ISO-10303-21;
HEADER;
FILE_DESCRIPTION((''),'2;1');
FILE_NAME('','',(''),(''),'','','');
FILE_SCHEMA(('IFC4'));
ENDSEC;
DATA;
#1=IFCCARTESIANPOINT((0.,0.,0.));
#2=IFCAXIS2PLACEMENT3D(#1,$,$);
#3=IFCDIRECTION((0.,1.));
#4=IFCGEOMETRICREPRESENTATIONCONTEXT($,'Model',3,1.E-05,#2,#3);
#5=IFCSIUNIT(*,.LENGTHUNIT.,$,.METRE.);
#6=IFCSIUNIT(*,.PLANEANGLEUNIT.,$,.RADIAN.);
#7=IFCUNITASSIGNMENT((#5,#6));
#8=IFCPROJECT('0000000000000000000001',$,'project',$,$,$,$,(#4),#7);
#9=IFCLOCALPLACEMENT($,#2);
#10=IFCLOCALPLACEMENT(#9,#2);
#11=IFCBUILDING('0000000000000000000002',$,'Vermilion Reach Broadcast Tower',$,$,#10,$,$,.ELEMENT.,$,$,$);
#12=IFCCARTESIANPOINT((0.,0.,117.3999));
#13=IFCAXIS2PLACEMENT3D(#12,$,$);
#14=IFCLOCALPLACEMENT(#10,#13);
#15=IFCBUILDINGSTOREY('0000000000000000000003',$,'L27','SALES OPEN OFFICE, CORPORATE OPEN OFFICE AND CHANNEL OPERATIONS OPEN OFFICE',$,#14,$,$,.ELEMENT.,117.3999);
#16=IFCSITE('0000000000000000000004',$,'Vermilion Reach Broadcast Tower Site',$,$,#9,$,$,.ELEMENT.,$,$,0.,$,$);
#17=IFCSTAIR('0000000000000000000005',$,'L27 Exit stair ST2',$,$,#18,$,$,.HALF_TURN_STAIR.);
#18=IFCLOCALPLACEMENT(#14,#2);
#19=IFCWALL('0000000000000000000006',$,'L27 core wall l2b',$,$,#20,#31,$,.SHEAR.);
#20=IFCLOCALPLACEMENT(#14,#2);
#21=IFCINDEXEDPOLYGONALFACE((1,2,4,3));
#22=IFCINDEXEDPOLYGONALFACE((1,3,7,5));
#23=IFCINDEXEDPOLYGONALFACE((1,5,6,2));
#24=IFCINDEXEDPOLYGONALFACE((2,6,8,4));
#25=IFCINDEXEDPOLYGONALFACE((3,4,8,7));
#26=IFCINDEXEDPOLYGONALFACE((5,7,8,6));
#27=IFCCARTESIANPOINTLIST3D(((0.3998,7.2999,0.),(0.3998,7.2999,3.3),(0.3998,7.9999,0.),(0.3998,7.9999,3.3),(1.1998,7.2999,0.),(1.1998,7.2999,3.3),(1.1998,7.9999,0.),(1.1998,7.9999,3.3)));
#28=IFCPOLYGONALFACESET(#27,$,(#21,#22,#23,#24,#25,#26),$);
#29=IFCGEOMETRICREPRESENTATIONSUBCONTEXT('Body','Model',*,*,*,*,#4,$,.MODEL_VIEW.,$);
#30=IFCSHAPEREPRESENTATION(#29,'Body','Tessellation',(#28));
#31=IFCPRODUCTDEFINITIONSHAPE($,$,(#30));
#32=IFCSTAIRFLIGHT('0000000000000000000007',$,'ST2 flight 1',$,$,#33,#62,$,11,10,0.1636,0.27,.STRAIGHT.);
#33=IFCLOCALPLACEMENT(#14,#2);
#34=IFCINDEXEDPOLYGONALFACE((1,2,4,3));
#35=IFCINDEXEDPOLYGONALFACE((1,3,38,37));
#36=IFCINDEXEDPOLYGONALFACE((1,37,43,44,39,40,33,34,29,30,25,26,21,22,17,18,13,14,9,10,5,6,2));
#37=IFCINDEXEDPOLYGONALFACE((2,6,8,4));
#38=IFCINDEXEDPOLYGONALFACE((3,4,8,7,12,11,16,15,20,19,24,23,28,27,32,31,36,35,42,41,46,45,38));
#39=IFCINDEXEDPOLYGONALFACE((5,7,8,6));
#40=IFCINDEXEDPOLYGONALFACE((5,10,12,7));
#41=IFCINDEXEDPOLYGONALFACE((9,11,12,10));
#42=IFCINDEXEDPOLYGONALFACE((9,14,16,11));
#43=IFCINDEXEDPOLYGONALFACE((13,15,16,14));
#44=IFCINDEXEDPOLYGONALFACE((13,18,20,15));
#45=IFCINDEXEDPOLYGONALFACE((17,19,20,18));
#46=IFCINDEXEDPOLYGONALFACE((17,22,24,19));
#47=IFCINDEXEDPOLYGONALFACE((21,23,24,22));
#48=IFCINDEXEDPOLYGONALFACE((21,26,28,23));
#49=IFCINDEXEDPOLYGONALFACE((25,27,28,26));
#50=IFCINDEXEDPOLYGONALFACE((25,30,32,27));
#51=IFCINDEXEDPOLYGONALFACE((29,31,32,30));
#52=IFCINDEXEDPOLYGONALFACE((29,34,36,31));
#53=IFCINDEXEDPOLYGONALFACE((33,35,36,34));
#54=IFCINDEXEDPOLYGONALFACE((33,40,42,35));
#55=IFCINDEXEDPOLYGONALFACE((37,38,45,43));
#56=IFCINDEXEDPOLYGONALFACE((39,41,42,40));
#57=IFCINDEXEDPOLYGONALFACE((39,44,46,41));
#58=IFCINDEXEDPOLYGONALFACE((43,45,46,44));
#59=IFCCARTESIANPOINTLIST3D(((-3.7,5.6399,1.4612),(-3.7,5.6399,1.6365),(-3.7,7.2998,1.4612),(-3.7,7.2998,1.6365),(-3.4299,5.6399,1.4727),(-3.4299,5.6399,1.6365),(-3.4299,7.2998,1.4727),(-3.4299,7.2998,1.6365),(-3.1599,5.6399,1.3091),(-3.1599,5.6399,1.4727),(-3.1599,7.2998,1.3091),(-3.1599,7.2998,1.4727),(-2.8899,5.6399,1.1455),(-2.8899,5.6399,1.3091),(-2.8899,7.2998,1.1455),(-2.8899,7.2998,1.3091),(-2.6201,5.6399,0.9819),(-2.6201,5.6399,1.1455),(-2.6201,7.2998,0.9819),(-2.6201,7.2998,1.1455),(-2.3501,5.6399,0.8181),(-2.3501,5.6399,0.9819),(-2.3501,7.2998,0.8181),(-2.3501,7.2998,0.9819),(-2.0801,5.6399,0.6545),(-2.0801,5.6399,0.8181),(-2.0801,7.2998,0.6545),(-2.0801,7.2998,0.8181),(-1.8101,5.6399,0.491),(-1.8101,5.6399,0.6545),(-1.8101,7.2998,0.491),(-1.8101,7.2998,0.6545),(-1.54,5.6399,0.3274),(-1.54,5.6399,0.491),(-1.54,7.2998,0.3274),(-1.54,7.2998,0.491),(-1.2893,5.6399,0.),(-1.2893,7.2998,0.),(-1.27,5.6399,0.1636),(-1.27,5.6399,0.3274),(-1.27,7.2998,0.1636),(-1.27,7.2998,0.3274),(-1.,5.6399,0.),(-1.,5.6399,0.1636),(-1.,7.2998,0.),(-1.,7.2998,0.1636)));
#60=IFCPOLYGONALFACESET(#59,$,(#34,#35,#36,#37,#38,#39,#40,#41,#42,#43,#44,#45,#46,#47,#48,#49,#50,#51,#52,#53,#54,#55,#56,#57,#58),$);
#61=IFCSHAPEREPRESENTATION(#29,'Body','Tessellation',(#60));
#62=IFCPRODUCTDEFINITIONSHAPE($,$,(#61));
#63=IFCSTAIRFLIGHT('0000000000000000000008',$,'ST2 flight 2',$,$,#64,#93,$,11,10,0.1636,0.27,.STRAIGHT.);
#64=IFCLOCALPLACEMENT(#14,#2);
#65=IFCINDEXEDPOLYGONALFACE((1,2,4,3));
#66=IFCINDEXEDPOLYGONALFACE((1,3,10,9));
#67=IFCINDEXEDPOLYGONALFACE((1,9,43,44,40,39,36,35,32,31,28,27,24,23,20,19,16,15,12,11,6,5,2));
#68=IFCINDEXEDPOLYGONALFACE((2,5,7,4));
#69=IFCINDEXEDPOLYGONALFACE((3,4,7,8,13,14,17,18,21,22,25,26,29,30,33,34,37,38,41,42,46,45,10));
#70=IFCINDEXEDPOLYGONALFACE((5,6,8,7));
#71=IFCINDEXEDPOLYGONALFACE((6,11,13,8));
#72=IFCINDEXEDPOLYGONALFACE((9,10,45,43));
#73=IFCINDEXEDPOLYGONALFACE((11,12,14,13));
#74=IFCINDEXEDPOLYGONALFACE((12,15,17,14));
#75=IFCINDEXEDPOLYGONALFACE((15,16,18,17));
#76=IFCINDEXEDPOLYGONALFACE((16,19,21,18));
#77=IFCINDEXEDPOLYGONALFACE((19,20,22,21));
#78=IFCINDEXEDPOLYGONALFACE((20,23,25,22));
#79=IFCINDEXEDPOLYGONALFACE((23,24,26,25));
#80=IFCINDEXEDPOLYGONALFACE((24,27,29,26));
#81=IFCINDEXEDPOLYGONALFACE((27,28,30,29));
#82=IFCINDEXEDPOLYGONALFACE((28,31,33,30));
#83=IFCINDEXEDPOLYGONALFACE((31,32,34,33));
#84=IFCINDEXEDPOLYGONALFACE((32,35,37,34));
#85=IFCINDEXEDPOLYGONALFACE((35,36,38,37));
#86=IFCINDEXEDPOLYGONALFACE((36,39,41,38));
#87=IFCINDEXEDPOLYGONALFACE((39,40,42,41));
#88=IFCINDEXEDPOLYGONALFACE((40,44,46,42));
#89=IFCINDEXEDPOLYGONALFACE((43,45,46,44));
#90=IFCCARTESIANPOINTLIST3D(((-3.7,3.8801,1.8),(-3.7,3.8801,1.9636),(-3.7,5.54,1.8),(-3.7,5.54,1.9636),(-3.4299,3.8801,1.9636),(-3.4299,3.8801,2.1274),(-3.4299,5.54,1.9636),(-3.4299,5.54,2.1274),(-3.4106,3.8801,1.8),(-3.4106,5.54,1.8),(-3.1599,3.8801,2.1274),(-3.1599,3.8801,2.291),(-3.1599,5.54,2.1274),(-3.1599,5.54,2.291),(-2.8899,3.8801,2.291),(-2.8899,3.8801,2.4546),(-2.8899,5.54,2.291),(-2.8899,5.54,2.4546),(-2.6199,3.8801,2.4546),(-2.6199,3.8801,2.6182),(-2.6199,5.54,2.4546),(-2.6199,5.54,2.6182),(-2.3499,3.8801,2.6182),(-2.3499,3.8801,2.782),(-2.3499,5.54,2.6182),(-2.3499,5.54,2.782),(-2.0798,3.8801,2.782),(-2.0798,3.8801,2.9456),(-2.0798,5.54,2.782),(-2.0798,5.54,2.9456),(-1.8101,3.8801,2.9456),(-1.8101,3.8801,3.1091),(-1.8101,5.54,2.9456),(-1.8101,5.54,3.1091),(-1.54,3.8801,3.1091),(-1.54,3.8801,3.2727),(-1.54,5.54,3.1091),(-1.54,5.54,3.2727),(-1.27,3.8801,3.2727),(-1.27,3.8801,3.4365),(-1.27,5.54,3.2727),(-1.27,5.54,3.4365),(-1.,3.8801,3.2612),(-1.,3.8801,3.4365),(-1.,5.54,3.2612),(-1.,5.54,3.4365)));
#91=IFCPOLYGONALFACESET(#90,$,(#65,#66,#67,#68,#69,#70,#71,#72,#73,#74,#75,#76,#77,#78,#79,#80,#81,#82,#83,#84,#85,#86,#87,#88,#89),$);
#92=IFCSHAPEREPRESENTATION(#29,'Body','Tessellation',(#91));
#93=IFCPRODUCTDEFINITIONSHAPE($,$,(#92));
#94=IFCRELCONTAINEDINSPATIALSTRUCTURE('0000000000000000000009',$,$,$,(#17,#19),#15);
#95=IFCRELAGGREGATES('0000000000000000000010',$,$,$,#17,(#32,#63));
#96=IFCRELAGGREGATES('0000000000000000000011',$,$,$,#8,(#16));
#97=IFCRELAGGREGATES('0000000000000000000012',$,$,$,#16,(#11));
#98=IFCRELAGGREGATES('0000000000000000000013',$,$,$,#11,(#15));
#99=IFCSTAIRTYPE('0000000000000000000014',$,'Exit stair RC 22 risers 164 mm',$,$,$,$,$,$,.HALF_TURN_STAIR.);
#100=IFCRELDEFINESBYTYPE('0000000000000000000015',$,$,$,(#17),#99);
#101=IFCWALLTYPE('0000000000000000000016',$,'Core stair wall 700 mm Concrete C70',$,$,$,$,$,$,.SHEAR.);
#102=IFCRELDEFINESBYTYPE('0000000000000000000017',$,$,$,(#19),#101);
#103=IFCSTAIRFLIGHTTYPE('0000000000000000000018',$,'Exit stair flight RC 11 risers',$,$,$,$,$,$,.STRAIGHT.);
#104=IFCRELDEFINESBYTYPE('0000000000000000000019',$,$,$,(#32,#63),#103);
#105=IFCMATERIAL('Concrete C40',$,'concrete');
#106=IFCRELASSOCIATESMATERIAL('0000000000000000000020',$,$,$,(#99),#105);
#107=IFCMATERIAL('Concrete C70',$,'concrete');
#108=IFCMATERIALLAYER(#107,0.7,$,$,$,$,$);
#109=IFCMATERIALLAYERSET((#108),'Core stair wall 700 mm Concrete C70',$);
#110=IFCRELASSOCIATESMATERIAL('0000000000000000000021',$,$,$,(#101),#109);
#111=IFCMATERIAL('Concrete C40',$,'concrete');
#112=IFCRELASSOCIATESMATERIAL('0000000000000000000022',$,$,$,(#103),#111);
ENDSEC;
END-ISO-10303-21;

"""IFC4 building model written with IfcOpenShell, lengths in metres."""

from ifc_helpers import new_model, si_unit, direction, frame, frame_2d, origin, place, context, subcontext, project, spatial, polyline, rectangle, outline, extrude, material, layer, layer_set, type_object, element, aggregate, save


model = new_model("IFC4")

# Units and contexts
model_context = context("Model", 3, precision=1e-05, world=origin(), true_north=direction((0.0, 1.0)))
body_context = subcontext(model_context, "Body", "Model", "MODEL_VIEW")
ifc_project = project(units=[si_unit("LENGTHUNIT", "METRE"), si_unit("PLANEANGLEUNIT", "RADIAN")], contexts=[model_context])

# Site, building, storey
site_placement = place(None, origin())
site = spatial("IfcSite", under=ifc_project, at=site_placement, Name="Vermilion Reach Broadcast Tower Site", CompositionType="ELEMENT", RefElevation=0.0)
building_placement = place(site_placement, origin())
building = spatial("IfcBuilding", under=site, at=building_placement, Name="Vermilion Reach Broadcast Tower", CompositionType="ELEMENT")
storey_placement = place(building_placement, frame((0.0, 0.0, 117.3999)))
storey = spatial("IfcBuildingStorey", under=building, at=storey_placement, Name="L27", Description="SALES OPEN OFFICE, CORPORATE OPEN OFFICE AND CHANNEL OPERATIONS OPEN OFFICE", CompositionType="ELEMENT", Elevation=117.3999)

# Stair
ifc_material_1 = material(Name="Concrete C40", Category="concrete")
stair_type = type_object("IfcStairType", Name="Exit stair RC 22 risers 164 mm", PredefinedType="HALF_TURN_STAIR", material=ifc_material_1)
placement_1 = place(storey_placement, origin())
stair_1 = element("IfcStair", 1, at=placement_1, inside=storey, type_object=stair_type, Name="L27 Exit stair ST2", PredefinedType="HALF_TURN_STAIR")

# Wall
ifc_material_2 = material(Name="Concrete C70", Category="concrete")
ifc_layer_1 = layer(ifc_material_2, 0.7)
ifc_layer_set_1 = layer_set([ifc_layer_1], Name="Core stair wall 700 mm Concrete C70")
wall_type_1 = type_object("IfcWallType", Name="Core stair wall 700 mm Concrete C70", PredefinedType="SHEAR", material=ifc_layer_set_1)
wall_1_placement = place(storey_placement, frame((0.3999, 7.6499, 0.0), z_axis=(0.0, 0.0, 1.0), x_axis=(1.0, 0.0, 0.0)))
element("IfcWall", 2, at=wall_1_placement, inside=storey, type_object=wall_type_1, Name="L27 core wall l2b", PredefinedType="SHEAR", context=body_context, shape_type="SweptSolid", body=[
    extrude(rectangle(XDim=0.8, YDim=0.7, at=frame_2d((0.3999, 0.0))), origin(), (0.0, 0.0, 1.0), 3.3),
])

# Stair flights
ifc_material_3 = material(Name="Concrete C40", Category="concrete")
stair_flight_type = type_object("IfcStairFlightType", Name="Exit stair flight RC 11 risers", PredefinedType="STRAIGHT", material=ifc_material_3)
stair_flight_1_placement = place(storey_placement, frame((-1.0, 6.47, 0.0), z_axis=(0.0, 0.0, 1.0), x_axis=(-1.0, 0.0, 0.0)))
stair_flight_1 = element("IfcStairFlight", 3, at=stair_flight_1_placement, type_object=stair_flight_type, Name="ST2 flight 1", NumberOfRisers=11, NumberOfTreads=10, PredefinedType="STRAIGHT", RiserHeight=0.1636, TreadLength=0.27, context=body_context, shape_type="SweptSolid", body=[
    extrude(outline(polyline([(0.0, 0.0), (0.0, 0.1636), (0.27, 0.1636), (0.27, 0.3274), (0.54, 0.3274), (0.54, 0.491), (0.8101, 0.491), (0.8101, 0.6545), (1.0801, 0.6545), (1.0801, 0.8181), (1.3501, 0.8181), (1.3501, 0.9819), (1.6201, 0.9819), (1.6201, 1.1455), (1.8899, 1.1455), (1.8899, 1.3091), (2.1599, 1.3091), (2.1599, 1.4727), (2.4299, 1.4727), (2.4299, 1.6365), (2.7, 1.6365), (2.7, 1.8), (2.7, 1.4612), (0.2893, 0.0), (0.0, 0.0)])), frame((0.0, 0.8301, 0.0), z_axis=(0.0, -1.0, 0.0), x_axis=(1.0, 0.0, 0.0)), (0.0, 0.0, 1.0), 1.6599),
])
stair_flight_2_placement = place(storey_placement, frame((-3.7, 4.71, 1.8), z_axis=(0.0, 0.0, 1.0), x_axis=(1.0, 0.0, 0.0)))
stair_flight_2 = element("IfcStairFlight", 4, at=stair_flight_2_placement, type_object=stair_flight_type, Name="ST2 flight 2", NumberOfRisers=11, NumberOfTreads=10, PredefinedType="STRAIGHT", RiserHeight=0.1636, TreadLength=0.27, context=body_context, shape_type="SweptSolid", body=[
    extrude(outline(polyline([(0.0, 0.0), (0.0, 0.1636), (0.27, 0.1636), (0.27, 0.3274), (0.54, 0.3274), (0.54, 0.491), (0.8101, 0.491), (0.8101, 0.6545), (1.0801, 0.6545), (1.0801, 0.8181), (1.3501, 0.8181), (1.3501, 0.9819), (1.6201, 0.9819), (1.6201, 1.1455), (1.8899, 1.1455), (1.8899, 1.3091), (2.1599, 1.3091), (2.1599, 1.4727), (2.4299, 1.4727), (2.4299, 1.6365), (2.7, 1.6365), (2.7, 1.8), (2.7, 1.4612), (0.2893, 0.0), (0.0, 0.0)])), frame((0.0, 0.8301, 0.0), z_axis=(0.0, -1.0, 0.0), x_axis=(1.0, 0.0, 0.0)), (0.0, 0.0, 1.0), 1.6599),
])
aggregate(stair_1, [stair_flight_1, stair_flight_2])

save(model, "model.ifc")
